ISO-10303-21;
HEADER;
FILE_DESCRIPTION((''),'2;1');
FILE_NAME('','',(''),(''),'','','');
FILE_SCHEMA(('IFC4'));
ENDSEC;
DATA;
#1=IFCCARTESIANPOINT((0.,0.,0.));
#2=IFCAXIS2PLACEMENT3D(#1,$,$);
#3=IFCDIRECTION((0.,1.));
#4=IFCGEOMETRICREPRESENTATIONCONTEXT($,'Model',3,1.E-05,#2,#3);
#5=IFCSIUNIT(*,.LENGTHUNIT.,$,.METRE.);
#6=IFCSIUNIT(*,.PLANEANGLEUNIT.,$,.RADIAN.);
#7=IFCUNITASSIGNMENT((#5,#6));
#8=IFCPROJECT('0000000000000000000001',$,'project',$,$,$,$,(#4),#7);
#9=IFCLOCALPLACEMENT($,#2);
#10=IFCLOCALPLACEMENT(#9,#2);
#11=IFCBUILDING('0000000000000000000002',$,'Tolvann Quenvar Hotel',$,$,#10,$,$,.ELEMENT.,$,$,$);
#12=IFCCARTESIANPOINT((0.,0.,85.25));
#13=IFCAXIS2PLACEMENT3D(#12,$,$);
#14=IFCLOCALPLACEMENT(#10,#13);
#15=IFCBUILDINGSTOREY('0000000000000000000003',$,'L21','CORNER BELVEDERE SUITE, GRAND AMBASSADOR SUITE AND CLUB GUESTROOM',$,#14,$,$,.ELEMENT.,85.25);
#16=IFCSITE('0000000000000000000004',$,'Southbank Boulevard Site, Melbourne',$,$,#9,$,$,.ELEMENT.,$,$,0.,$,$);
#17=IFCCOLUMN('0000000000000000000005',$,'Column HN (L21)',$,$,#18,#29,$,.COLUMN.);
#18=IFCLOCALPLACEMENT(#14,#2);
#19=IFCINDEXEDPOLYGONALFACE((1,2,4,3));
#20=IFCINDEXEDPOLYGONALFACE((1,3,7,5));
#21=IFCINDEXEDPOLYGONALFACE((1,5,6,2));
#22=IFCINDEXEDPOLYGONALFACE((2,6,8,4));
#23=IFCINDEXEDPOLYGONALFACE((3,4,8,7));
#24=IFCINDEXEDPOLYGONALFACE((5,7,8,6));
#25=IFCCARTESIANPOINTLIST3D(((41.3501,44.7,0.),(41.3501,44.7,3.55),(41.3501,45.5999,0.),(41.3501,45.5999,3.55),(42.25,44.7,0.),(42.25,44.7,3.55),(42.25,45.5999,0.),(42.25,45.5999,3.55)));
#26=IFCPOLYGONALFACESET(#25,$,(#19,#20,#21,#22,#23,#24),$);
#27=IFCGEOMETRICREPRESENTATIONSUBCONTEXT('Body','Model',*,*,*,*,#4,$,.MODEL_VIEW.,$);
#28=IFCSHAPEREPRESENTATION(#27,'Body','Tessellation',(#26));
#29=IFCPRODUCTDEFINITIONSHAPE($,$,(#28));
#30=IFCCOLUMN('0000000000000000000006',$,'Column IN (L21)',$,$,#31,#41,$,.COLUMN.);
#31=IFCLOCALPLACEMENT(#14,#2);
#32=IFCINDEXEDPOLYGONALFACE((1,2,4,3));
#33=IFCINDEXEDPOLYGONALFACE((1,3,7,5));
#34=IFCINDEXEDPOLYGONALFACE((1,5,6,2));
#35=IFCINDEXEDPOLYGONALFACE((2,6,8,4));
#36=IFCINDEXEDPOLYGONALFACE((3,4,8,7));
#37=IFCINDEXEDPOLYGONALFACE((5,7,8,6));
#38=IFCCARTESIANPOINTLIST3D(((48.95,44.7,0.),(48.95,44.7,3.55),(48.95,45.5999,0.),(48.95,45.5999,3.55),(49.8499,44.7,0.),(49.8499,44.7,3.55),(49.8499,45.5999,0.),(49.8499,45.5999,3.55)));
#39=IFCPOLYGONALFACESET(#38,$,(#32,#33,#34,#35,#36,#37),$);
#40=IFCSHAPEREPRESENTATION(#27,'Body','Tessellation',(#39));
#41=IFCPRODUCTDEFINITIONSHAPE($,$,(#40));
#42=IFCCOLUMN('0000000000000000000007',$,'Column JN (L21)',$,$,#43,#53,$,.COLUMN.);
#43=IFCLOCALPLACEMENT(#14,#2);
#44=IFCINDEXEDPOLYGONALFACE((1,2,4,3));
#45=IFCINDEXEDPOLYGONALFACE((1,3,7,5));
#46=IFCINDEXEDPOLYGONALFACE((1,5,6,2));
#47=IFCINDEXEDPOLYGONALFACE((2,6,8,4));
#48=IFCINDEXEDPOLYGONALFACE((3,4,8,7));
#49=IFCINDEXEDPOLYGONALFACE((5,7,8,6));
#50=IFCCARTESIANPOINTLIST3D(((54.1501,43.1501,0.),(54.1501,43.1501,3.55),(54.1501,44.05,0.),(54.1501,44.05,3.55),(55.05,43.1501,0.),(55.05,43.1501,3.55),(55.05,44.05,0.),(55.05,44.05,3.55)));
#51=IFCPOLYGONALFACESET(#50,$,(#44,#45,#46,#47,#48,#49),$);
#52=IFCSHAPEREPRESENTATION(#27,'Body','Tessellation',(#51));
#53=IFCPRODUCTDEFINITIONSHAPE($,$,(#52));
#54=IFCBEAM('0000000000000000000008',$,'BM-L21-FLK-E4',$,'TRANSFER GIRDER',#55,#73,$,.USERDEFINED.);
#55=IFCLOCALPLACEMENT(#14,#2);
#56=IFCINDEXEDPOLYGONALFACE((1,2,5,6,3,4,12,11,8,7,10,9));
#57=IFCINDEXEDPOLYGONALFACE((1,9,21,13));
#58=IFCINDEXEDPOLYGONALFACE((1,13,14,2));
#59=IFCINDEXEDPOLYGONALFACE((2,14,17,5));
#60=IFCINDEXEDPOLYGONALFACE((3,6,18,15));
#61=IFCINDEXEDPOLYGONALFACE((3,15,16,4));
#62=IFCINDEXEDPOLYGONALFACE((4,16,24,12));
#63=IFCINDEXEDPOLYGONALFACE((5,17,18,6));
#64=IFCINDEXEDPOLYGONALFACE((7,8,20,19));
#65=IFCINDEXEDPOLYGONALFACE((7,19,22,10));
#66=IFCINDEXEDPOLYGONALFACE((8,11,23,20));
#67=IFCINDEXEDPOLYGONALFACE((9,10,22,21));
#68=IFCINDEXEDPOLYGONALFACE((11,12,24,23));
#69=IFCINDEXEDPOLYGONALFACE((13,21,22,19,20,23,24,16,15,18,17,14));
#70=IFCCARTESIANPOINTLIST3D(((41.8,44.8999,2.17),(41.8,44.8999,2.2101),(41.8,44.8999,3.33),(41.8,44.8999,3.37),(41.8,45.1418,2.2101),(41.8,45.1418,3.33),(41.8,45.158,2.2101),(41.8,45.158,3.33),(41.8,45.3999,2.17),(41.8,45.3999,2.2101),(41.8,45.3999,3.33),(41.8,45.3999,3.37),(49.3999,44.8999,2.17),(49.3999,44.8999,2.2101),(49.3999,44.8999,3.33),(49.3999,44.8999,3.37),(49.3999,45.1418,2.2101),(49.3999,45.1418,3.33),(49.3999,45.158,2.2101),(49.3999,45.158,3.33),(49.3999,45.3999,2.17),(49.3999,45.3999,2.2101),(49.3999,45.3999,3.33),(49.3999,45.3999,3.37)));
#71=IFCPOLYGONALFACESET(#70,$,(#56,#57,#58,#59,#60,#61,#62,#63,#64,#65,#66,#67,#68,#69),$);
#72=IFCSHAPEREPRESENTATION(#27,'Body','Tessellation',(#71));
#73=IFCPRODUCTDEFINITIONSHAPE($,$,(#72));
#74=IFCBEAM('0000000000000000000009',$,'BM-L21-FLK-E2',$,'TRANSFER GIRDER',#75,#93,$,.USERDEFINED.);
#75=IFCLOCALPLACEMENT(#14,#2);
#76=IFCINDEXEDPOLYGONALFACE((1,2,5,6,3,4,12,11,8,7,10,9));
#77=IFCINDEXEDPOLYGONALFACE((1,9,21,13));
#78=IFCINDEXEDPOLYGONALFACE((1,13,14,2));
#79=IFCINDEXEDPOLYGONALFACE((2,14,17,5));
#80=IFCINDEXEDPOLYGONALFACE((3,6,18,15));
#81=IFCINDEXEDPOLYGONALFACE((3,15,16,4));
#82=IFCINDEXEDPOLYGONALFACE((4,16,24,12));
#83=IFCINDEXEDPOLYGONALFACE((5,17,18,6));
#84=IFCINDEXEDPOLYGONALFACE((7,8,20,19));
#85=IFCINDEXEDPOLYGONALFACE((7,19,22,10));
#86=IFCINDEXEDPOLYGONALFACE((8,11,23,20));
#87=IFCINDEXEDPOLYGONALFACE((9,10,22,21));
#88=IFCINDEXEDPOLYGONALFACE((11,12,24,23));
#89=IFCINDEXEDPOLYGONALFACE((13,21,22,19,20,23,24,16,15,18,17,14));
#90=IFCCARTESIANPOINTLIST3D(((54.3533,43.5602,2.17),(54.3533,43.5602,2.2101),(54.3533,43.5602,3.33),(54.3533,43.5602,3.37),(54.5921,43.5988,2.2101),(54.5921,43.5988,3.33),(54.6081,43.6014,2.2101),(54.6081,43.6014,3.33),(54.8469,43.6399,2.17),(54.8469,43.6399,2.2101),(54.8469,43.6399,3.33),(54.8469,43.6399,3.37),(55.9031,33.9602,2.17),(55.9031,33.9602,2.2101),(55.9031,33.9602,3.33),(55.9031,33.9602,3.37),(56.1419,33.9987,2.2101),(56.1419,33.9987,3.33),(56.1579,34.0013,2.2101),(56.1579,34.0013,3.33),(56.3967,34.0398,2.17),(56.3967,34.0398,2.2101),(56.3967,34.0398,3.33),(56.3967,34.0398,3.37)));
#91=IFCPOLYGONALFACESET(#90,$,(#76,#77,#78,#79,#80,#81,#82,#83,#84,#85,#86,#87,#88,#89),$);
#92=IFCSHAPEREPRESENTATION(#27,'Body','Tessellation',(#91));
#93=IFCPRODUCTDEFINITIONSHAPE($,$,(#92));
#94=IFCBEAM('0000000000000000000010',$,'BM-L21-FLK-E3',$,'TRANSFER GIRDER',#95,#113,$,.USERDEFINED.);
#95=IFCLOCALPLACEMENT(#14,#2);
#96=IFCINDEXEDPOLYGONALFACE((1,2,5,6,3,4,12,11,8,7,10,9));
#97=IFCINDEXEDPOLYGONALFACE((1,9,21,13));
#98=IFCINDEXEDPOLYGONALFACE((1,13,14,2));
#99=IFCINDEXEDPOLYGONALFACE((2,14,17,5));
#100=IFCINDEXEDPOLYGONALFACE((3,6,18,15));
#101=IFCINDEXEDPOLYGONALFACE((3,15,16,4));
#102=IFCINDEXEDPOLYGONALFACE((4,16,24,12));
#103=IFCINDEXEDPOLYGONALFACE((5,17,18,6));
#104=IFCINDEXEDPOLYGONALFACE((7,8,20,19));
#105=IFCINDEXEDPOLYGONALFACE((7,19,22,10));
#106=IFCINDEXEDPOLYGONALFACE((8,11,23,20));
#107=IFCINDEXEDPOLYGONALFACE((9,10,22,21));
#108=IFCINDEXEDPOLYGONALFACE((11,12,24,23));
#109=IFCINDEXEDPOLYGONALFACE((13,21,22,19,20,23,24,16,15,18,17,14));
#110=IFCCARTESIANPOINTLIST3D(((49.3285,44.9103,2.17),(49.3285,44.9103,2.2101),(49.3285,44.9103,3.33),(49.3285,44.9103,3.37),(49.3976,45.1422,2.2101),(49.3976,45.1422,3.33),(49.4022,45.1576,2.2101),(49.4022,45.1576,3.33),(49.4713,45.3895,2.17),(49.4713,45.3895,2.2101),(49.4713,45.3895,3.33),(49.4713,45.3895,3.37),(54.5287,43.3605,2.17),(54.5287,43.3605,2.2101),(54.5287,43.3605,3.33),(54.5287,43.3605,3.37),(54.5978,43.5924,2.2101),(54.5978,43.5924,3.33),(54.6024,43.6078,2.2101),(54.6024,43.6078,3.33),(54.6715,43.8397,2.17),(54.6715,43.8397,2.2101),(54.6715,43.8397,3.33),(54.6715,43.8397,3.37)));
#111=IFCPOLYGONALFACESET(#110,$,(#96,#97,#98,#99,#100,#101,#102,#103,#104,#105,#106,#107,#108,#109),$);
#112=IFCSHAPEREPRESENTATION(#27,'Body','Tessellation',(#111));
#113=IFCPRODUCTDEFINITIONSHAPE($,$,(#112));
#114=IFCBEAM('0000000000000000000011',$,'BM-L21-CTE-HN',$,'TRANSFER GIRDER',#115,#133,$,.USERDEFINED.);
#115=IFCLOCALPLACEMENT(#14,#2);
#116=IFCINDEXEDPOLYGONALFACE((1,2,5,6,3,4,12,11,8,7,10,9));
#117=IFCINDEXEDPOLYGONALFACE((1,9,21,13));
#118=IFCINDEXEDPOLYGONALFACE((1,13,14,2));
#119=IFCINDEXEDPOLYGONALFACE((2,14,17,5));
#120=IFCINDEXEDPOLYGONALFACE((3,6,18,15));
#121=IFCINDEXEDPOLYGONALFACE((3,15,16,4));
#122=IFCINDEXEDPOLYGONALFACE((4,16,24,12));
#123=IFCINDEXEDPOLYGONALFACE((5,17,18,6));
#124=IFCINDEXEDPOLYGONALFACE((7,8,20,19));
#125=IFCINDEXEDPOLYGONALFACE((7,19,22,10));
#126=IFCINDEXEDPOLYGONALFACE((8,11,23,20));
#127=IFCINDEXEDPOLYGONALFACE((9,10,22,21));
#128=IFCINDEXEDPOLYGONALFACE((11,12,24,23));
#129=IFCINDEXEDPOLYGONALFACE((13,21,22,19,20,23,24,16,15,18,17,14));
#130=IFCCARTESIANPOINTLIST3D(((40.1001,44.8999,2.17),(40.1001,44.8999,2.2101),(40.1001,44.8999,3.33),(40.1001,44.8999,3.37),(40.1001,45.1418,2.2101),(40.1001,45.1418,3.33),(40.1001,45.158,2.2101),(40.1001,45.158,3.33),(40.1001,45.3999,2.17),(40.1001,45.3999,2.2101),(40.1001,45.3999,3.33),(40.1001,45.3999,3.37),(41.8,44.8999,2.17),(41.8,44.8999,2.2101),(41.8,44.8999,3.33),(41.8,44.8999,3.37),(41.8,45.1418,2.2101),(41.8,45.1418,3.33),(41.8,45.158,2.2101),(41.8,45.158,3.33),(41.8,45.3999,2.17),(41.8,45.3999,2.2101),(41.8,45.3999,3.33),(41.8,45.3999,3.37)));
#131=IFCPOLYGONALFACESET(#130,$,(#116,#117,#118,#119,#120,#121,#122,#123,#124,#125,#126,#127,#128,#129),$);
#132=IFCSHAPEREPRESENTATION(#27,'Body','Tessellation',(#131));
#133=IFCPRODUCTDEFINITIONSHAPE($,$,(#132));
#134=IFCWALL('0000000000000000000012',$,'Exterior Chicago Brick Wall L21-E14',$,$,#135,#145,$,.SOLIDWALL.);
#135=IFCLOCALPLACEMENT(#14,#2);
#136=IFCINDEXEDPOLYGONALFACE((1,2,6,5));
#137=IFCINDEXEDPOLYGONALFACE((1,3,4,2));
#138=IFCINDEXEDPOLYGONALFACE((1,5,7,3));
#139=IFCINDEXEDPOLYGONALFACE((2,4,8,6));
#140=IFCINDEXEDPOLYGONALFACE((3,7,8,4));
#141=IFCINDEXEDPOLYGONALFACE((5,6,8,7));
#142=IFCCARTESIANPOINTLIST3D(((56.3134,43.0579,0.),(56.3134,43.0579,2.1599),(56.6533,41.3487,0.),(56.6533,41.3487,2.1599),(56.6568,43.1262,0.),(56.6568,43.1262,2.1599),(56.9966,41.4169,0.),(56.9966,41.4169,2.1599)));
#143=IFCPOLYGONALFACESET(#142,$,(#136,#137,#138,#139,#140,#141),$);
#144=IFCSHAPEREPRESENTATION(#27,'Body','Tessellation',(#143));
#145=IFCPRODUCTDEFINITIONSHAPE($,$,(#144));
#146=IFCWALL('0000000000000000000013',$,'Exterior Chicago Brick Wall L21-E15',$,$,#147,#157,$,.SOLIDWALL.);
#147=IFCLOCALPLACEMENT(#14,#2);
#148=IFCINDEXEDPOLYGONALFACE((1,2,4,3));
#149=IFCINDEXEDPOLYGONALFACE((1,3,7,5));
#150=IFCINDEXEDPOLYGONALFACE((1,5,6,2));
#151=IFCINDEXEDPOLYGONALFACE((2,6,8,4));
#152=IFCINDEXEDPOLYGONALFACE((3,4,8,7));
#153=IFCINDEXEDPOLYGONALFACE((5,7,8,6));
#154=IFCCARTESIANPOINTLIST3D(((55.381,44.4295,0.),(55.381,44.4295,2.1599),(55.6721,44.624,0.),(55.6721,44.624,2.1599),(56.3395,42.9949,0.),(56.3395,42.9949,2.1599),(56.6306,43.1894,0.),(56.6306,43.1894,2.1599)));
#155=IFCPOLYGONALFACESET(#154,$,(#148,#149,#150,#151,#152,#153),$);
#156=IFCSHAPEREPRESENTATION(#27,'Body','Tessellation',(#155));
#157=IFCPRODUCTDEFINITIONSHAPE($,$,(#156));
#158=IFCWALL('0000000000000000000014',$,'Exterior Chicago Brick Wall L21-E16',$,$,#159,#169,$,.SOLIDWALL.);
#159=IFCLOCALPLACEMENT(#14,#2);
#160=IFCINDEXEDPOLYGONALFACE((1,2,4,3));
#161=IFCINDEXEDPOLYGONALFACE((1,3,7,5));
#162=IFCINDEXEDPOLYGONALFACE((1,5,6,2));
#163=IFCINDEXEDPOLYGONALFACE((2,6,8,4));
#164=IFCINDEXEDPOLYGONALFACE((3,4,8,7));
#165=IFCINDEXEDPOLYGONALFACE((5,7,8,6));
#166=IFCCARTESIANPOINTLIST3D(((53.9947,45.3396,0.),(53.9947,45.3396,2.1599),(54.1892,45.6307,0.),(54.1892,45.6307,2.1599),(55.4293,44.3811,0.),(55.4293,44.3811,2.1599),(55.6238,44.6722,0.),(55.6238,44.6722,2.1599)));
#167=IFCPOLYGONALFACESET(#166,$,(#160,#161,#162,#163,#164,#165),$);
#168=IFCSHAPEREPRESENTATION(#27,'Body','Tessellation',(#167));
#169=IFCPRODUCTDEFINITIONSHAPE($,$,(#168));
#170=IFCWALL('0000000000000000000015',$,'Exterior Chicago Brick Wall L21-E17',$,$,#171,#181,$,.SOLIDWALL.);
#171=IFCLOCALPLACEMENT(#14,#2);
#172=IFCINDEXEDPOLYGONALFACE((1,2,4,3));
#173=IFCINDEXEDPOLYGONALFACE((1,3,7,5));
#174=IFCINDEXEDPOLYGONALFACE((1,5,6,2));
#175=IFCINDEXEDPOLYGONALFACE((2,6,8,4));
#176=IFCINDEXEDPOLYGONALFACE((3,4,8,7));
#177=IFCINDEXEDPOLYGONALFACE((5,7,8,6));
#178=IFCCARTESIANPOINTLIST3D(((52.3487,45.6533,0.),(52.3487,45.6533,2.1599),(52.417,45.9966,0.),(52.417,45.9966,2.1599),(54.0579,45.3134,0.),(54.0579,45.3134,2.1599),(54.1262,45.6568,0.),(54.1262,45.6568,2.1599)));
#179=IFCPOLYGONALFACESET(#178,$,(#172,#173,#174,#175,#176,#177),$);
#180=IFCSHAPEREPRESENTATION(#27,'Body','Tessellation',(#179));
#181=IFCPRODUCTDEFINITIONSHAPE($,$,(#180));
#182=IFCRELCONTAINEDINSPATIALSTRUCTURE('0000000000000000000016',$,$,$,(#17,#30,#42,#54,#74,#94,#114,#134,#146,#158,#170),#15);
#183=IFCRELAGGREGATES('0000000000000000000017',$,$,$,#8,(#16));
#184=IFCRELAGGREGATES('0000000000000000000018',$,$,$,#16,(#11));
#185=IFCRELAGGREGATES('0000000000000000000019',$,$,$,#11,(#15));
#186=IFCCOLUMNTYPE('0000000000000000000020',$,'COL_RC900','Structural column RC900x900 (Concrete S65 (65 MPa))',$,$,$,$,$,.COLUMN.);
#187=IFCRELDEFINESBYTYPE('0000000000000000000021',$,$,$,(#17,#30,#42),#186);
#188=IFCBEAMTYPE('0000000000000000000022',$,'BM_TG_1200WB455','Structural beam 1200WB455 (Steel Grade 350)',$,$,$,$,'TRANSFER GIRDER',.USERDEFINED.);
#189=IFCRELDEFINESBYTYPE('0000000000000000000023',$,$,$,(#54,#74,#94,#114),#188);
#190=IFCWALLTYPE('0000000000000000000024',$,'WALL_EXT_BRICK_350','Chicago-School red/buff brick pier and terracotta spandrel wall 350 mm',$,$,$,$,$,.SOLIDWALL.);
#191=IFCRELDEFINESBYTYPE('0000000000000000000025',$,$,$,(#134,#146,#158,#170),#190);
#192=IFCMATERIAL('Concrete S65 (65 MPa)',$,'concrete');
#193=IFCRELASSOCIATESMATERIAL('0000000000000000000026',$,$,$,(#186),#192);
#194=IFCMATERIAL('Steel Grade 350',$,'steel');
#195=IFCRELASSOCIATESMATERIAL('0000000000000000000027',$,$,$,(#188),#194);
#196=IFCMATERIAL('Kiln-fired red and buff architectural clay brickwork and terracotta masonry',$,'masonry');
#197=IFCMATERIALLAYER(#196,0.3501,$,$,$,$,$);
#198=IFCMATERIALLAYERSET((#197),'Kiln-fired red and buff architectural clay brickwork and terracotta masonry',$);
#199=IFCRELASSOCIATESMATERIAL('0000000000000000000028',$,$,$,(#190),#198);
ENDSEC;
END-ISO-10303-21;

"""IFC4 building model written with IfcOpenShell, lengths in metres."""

from ifc_helpers import new_model, si_unit, direction, frame, frame_2d, origin, origin_2d, place, context, subcontext, project, spatial, rectangle, i_section, extrude, source, transform, mapped, material, layer, layer_set, material_profile, profile_set, type_object, type_shapes, element, save


model = new_model("IFC4")

# Units and contexts
model_context = context("Model", 3, precision=1e-05, world=origin(), true_north=direction((0.0, 1.0)))
body_context = subcontext(model_context, "Body", "Model", "MODEL_VIEW")
ifc_project = project(units=[si_unit("LENGTHUNIT", "METRE"), si_unit("PLANEANGLEUNIT", "RADIAN")], contexts=[model_context])

# Site, building, storey
site_placement = place(None, origin())
site = spatial("IfcSite", under=ifc_project, at=site_placement, Name="Southbank Boulevard Site, Melbourne", CompositionType="ELEMENT", RefElevation=0.0)
building_placement = place(site_placement, origin())
building = spatial("IfcBuilding", under=site, at=building_placement, Name="Tolvann Quenvar Hotel", CompositionType="ELEMENT")
storey_placement = place(building_placement, frame((0.0, 0.0, 85.25)))
storey = spatial("IfcBuildingStorey", under=building, at=storey_placement, Name="L21", Description="CORNER BELVEDERE SUITE, GRAND AMBASSADOR SUITE AND CLUB GUESTROOM", CompositionType="ELEMENT", Elevation=85.25)

# Columns
ifc_material_1 = material(Name="Concrete S65 (65 MPa)", Category="concrete")
ifc_material_profile_1 = material_profile(ifc_material_1, rectangle(XDim=0.8999, YDim=0.8999, at=origin_2d()), Name="RC900x900")
ifc_profile_set_1 = profile_set([ifc_material_profile_1], Name="Concrete S65 (65 MPa)")
column_type = type_object("IfcColumnType", Name="COL_RC900", Description="Structural column RC900x900 (Concrete S65 (65 MPa))", PredefinedType="COLUMN", material=ifc_profile_set_1)
shared_shape_1 = source(origin(), body_context, "Body", "SweptSolid", [
    extrude(rectangle(XDim=0.8999, YDim=0.8999, at=origin_2d()), origin(), (0.0, 0.0, 1.0), 3.55),
])
type_shapes(column_type, [shared_shape_1])
for number, where, z_axis, x_axis, name in (
    (1, (41.8, 45.1499, 0.0), (0.0, 0.0, 1.0), (1.0, 0.0, 0.0), "Column HN (L21)"),
    (2, (49.3999, 45.1499, 0.0), (0.0, 0.0, 1.0), (1.0, 0.0, 0.0), "Column IN (L21)"),
    (3, (54.6001, 43.6001, 0.0), (0.0, 0.0, 1.0), (1.0, 0.0, 0.0), "Column JN (L21)"),
):
    element("IfcColumn", number, at=place(storey_placement, frame(where, z_axis=z_axis, x_axis=x_axis)), inside=storey, type_object=column_type, Name=name, PredefinedType="COLUMN", context=body_context, shape_type="MappedRepresentation", body=[
        mapped(shared_shape_1, transform((0.0, 0.0, 0.0), x_axis=(1.0, 0.0, 0.0), y_axis=(0.0, 1.0, 0.0), z_axis=(0.0, 0.0, 1.0), scale=1.0)),
    ])

# Beams
ifc_material_2 = material(Name="Steel Grade 350", Category="steel")
ifc_material_profile_2 = material_profile(ifc_material_2, i_section(OverallWidth=0.5, OverallDepth=1.2, WebThickness=0.0161, FlangeThickness=0.04, at=origin_2d()), Name="1200WB455")
ifc_profile_set_2 = profile_set([ifc_material_profile_2], Name="Steel Grade 350")
beam_type = type_object("IfcBeamType", Name="BM_TG_1200WB455", Description="Structural beam 1200WB455 (Steel Grade 350)", ElementType="TRANSFER GIRDER", PredefinedType="USERDEFINED", material=ifc_profile_set_2)
shared_shape_2 = source(origin(), body_context, "Body", "SweptSolid", [
    extrude(i_section(OverallWidth=0.5, OverallDepth=1.2, WebThickness=0.0161, FlangeThickness=0.04, at=origin_2d()), origin(), (0.0, 0.0, 1.0), 7.5999),
])
beam_1_placement = place(storey_placement, frame((49.3999, 45.1499, 2.77), z_axis=(-1.0, 0.0, 0.0), x_axis=(0.0, -1.0, 0.0)))
element("IfcBeam", 4, at=beam_1_placement, inside=storey, type_object=beam_type, Name="BM-L21-FLK-E4", ObjectType="TRANSFER GIRDER", PredefinedType="USERDEFINED", context=body_context, shape_type="MappedRepresentation", body=[
    mapped(shared_shape_2, transform((0.0, 0.0, 0.0), x_axis=(1.0, 0.0, 0.0), y_axis=(0.0, 1.0, 0.0), z_axis=(0.0, 0.0, 1.0), scale=1.0)),
])
shared_shape_3 = source(origin(), body_context, "Body", "SweptSolid", [
    extrude(i_section(OverallWidth=0.5, OverallDepth=1.2, WebThickness=0.0161, FlangeThickness=0.04, at=origin_2d()), origin(), (0.0, 0.0, 1.0), 9.7244),
])
beam_2_placement = place(storey_placement, frame((56.1499, 34.0, 2.77), z_axis=(-0.159373, 0.987218, 0.0), x_axis=(-0.987218, -0.159373, 0.0)))
element("IfcBeam", 5, at=beam_2_placement, inside=storey, type_object=beam_type, Name="BM-L21-FLK-E2", ObjectType="TRANSFER GIRDER", PredefinedType="USERDEFINED", context=body_context, shape_type="MappedRepresentation", body=[
    mapped(shared_shape_3, transform((0.0, 0.0, 0.0), x_axis=(1.0, 0.0, 0.0), y_axis=(0.0, 1.0, 0.0), z_axis=(0.0, 0.0, 1.0), scale=1.0)),
])
shared_shape_4 = source(origin(), body_context, "Body", "SweptSolid", [
    extrude(i_section(OverallWidth=0.5, OverallDepth=1.2, WebThickness=0.0161, FlangeThickness=0.04, at=origin_2d()), origin(), (0.0, 0.0, 1.0), 5.4263),
])
beam_3_placement = place(storey_placement, frame((54.6001, 43.6001, 2.77), z_axis=(-0.958345, 0.285614, 0.0), x_axis=(-0.285614, -0.958345, 0.0)))
element("IfcBeam", 6, at=beam_3_placement, inside=storey, type_object=beam_type, Name="BM-L21-FLK-E3", ObjectType="TRANSFER GIRDER", PredefinedType="USERDEFINED", context=body_context, shape_type="MappedRepresentation", body=[
    mapped(shared_shape_4, transform((0.0, 0.0, 0.0), x_axis=(1.0, 0.0, 0.0), y_axis=(0.0, 1.0, 0.0), z_axis=(0.0, 0.0, 1.0), scale=1.0)),
])
shared_shape_5 = source(origin(), body_context, "Body", "SweptSolid", [
    extrude(i_section(OverallWidth=0.5, OverallDepth=1.2, WebThickness=0.0161, FlangeThickness=0.04, at=origin_2d()), origin(), (0.0, 0.0, 1.0), 1.7),
])
type_shapes(beam_type, [shared_shape_2, shared_shape_3, shared_shape_4, shared_shape_5])
beam_4_placement = place(storey_placement, frame((40.1001, 45.1499, 2.77), z_axis=(1.0, 0.0, 0.0), x_axis=(0.0, 1.0, 0.0)))
element("IfcBeam", 7, at=beam_4_placement, inside=storey, type_object=beam_type, Name="BM-L21-CTE-HN", ObjectType="TRANSFER GIRDER", PredefinedType="USERDEFINED", context=body_context, shape_type="MappedRepresentation", body=[
    mapped(shared_shape_5, transform((0.0, 0.0, 0.0), x_axis=(1.0, 0.0, 0.0), y_axis=(0.0, 1.0, 0.0), z_axis=(0.0, 0.0, 1.0), scale=1.0)),
])

# Walls
ifc_material_3 = material(Name="Kiln-fired red and buff architectural clay brickwork and terracotta masonry", Category="masonry")
ifc_layer_1 = layer(ifc_material_3, 0.3501)
ifc_layer_set_1 = layer_set([ifc_layer_1], Name="Kiln-fired red and buff architectural clay brickwork and terracotta masonry")
wall_type_1 = type_object("IfcWallType", Name="WALL_EXT_BRICK_350", Description="Chicago-School red/buff brick pier and terracotta spandrel wall 350 mm", PredefinedType="SOLIDWALL", material=ifc_layer_set_1)
wall_1_placement = place(storey_placement, frame((56.825, 41.3828, 0.0), z_axis=(0.0, 0.0, 1.0), x_axis=(-0.195011, 0.980801, 0.0)))
element("IfcWall", 8, at=wall_1_placement, inside=storey, type_object=wall_type_1, Name="Exterior Chicago Brick Wall L21-E14", PredefinedType="SOLIDWALL", context=body_context, shape_type="SweptSolid", body=[
    extrude(rectangle(XDim=1.7427, YDim=0.3501, at=frame_2d((0.8713, 0.0))), origin(), (0.0, 0.0, 1.0), 2.1599),
])
for number, where, z_axis, x_axis, name in (
    (9, (56.4851, 43.092, 0.0), (0.0, 0.0, 1.0), (-0.555549, 0.831484, 0.0), "Exterior Chicago Brick Wall L21-E15"),
    (10, (55.5266, 44.5266, 0.0), (0.0, 0.0, 1.0), (-0.831484, 0.555549, 0.0), "Exterior Chicago Brick Wall L21-E16"),
):
    element("IfcWall", number, at=place(storey_placement, frame(where, z_axis=z_axis, x_axis=x_axis)), inside=storey, type_object=wall_type_1, Name=name, PredefinedType="SOLIDWALL", context=body_context, shape_type="SweptSolid", body=[
        extrude(rectangle(XDim=1.7253, YDim=0.3501, at=frame_2d((0.8628, 0.0))), origin(), (0.0, 0.0, 1.0), 2.1599),
    ])
wall_2_placement = place(storey_placement, frame((54.092, 45.4851, 0.0), z_axis=(0.0, 0.0, 1.0), x_axis=(-0.980801, 0.195011, 0.0)))
element("IfcWall", 11, at=wall_2_placement, inside=storey, type_object=wall_type_1, Name="Exterior Chicago Brick Wall L21-E17", PredefinedType="SOLIDWALL", context=body_context, shape_type="SweptSolid", body=[
    extrude(rectangle(XDim=1.7427, YDim=0.3501, at=frame_2d((0.8713, 0.0))), origin(), (0.0, 0.0, 1.0), 2.1599),
])

save(model, "model.ifc")
